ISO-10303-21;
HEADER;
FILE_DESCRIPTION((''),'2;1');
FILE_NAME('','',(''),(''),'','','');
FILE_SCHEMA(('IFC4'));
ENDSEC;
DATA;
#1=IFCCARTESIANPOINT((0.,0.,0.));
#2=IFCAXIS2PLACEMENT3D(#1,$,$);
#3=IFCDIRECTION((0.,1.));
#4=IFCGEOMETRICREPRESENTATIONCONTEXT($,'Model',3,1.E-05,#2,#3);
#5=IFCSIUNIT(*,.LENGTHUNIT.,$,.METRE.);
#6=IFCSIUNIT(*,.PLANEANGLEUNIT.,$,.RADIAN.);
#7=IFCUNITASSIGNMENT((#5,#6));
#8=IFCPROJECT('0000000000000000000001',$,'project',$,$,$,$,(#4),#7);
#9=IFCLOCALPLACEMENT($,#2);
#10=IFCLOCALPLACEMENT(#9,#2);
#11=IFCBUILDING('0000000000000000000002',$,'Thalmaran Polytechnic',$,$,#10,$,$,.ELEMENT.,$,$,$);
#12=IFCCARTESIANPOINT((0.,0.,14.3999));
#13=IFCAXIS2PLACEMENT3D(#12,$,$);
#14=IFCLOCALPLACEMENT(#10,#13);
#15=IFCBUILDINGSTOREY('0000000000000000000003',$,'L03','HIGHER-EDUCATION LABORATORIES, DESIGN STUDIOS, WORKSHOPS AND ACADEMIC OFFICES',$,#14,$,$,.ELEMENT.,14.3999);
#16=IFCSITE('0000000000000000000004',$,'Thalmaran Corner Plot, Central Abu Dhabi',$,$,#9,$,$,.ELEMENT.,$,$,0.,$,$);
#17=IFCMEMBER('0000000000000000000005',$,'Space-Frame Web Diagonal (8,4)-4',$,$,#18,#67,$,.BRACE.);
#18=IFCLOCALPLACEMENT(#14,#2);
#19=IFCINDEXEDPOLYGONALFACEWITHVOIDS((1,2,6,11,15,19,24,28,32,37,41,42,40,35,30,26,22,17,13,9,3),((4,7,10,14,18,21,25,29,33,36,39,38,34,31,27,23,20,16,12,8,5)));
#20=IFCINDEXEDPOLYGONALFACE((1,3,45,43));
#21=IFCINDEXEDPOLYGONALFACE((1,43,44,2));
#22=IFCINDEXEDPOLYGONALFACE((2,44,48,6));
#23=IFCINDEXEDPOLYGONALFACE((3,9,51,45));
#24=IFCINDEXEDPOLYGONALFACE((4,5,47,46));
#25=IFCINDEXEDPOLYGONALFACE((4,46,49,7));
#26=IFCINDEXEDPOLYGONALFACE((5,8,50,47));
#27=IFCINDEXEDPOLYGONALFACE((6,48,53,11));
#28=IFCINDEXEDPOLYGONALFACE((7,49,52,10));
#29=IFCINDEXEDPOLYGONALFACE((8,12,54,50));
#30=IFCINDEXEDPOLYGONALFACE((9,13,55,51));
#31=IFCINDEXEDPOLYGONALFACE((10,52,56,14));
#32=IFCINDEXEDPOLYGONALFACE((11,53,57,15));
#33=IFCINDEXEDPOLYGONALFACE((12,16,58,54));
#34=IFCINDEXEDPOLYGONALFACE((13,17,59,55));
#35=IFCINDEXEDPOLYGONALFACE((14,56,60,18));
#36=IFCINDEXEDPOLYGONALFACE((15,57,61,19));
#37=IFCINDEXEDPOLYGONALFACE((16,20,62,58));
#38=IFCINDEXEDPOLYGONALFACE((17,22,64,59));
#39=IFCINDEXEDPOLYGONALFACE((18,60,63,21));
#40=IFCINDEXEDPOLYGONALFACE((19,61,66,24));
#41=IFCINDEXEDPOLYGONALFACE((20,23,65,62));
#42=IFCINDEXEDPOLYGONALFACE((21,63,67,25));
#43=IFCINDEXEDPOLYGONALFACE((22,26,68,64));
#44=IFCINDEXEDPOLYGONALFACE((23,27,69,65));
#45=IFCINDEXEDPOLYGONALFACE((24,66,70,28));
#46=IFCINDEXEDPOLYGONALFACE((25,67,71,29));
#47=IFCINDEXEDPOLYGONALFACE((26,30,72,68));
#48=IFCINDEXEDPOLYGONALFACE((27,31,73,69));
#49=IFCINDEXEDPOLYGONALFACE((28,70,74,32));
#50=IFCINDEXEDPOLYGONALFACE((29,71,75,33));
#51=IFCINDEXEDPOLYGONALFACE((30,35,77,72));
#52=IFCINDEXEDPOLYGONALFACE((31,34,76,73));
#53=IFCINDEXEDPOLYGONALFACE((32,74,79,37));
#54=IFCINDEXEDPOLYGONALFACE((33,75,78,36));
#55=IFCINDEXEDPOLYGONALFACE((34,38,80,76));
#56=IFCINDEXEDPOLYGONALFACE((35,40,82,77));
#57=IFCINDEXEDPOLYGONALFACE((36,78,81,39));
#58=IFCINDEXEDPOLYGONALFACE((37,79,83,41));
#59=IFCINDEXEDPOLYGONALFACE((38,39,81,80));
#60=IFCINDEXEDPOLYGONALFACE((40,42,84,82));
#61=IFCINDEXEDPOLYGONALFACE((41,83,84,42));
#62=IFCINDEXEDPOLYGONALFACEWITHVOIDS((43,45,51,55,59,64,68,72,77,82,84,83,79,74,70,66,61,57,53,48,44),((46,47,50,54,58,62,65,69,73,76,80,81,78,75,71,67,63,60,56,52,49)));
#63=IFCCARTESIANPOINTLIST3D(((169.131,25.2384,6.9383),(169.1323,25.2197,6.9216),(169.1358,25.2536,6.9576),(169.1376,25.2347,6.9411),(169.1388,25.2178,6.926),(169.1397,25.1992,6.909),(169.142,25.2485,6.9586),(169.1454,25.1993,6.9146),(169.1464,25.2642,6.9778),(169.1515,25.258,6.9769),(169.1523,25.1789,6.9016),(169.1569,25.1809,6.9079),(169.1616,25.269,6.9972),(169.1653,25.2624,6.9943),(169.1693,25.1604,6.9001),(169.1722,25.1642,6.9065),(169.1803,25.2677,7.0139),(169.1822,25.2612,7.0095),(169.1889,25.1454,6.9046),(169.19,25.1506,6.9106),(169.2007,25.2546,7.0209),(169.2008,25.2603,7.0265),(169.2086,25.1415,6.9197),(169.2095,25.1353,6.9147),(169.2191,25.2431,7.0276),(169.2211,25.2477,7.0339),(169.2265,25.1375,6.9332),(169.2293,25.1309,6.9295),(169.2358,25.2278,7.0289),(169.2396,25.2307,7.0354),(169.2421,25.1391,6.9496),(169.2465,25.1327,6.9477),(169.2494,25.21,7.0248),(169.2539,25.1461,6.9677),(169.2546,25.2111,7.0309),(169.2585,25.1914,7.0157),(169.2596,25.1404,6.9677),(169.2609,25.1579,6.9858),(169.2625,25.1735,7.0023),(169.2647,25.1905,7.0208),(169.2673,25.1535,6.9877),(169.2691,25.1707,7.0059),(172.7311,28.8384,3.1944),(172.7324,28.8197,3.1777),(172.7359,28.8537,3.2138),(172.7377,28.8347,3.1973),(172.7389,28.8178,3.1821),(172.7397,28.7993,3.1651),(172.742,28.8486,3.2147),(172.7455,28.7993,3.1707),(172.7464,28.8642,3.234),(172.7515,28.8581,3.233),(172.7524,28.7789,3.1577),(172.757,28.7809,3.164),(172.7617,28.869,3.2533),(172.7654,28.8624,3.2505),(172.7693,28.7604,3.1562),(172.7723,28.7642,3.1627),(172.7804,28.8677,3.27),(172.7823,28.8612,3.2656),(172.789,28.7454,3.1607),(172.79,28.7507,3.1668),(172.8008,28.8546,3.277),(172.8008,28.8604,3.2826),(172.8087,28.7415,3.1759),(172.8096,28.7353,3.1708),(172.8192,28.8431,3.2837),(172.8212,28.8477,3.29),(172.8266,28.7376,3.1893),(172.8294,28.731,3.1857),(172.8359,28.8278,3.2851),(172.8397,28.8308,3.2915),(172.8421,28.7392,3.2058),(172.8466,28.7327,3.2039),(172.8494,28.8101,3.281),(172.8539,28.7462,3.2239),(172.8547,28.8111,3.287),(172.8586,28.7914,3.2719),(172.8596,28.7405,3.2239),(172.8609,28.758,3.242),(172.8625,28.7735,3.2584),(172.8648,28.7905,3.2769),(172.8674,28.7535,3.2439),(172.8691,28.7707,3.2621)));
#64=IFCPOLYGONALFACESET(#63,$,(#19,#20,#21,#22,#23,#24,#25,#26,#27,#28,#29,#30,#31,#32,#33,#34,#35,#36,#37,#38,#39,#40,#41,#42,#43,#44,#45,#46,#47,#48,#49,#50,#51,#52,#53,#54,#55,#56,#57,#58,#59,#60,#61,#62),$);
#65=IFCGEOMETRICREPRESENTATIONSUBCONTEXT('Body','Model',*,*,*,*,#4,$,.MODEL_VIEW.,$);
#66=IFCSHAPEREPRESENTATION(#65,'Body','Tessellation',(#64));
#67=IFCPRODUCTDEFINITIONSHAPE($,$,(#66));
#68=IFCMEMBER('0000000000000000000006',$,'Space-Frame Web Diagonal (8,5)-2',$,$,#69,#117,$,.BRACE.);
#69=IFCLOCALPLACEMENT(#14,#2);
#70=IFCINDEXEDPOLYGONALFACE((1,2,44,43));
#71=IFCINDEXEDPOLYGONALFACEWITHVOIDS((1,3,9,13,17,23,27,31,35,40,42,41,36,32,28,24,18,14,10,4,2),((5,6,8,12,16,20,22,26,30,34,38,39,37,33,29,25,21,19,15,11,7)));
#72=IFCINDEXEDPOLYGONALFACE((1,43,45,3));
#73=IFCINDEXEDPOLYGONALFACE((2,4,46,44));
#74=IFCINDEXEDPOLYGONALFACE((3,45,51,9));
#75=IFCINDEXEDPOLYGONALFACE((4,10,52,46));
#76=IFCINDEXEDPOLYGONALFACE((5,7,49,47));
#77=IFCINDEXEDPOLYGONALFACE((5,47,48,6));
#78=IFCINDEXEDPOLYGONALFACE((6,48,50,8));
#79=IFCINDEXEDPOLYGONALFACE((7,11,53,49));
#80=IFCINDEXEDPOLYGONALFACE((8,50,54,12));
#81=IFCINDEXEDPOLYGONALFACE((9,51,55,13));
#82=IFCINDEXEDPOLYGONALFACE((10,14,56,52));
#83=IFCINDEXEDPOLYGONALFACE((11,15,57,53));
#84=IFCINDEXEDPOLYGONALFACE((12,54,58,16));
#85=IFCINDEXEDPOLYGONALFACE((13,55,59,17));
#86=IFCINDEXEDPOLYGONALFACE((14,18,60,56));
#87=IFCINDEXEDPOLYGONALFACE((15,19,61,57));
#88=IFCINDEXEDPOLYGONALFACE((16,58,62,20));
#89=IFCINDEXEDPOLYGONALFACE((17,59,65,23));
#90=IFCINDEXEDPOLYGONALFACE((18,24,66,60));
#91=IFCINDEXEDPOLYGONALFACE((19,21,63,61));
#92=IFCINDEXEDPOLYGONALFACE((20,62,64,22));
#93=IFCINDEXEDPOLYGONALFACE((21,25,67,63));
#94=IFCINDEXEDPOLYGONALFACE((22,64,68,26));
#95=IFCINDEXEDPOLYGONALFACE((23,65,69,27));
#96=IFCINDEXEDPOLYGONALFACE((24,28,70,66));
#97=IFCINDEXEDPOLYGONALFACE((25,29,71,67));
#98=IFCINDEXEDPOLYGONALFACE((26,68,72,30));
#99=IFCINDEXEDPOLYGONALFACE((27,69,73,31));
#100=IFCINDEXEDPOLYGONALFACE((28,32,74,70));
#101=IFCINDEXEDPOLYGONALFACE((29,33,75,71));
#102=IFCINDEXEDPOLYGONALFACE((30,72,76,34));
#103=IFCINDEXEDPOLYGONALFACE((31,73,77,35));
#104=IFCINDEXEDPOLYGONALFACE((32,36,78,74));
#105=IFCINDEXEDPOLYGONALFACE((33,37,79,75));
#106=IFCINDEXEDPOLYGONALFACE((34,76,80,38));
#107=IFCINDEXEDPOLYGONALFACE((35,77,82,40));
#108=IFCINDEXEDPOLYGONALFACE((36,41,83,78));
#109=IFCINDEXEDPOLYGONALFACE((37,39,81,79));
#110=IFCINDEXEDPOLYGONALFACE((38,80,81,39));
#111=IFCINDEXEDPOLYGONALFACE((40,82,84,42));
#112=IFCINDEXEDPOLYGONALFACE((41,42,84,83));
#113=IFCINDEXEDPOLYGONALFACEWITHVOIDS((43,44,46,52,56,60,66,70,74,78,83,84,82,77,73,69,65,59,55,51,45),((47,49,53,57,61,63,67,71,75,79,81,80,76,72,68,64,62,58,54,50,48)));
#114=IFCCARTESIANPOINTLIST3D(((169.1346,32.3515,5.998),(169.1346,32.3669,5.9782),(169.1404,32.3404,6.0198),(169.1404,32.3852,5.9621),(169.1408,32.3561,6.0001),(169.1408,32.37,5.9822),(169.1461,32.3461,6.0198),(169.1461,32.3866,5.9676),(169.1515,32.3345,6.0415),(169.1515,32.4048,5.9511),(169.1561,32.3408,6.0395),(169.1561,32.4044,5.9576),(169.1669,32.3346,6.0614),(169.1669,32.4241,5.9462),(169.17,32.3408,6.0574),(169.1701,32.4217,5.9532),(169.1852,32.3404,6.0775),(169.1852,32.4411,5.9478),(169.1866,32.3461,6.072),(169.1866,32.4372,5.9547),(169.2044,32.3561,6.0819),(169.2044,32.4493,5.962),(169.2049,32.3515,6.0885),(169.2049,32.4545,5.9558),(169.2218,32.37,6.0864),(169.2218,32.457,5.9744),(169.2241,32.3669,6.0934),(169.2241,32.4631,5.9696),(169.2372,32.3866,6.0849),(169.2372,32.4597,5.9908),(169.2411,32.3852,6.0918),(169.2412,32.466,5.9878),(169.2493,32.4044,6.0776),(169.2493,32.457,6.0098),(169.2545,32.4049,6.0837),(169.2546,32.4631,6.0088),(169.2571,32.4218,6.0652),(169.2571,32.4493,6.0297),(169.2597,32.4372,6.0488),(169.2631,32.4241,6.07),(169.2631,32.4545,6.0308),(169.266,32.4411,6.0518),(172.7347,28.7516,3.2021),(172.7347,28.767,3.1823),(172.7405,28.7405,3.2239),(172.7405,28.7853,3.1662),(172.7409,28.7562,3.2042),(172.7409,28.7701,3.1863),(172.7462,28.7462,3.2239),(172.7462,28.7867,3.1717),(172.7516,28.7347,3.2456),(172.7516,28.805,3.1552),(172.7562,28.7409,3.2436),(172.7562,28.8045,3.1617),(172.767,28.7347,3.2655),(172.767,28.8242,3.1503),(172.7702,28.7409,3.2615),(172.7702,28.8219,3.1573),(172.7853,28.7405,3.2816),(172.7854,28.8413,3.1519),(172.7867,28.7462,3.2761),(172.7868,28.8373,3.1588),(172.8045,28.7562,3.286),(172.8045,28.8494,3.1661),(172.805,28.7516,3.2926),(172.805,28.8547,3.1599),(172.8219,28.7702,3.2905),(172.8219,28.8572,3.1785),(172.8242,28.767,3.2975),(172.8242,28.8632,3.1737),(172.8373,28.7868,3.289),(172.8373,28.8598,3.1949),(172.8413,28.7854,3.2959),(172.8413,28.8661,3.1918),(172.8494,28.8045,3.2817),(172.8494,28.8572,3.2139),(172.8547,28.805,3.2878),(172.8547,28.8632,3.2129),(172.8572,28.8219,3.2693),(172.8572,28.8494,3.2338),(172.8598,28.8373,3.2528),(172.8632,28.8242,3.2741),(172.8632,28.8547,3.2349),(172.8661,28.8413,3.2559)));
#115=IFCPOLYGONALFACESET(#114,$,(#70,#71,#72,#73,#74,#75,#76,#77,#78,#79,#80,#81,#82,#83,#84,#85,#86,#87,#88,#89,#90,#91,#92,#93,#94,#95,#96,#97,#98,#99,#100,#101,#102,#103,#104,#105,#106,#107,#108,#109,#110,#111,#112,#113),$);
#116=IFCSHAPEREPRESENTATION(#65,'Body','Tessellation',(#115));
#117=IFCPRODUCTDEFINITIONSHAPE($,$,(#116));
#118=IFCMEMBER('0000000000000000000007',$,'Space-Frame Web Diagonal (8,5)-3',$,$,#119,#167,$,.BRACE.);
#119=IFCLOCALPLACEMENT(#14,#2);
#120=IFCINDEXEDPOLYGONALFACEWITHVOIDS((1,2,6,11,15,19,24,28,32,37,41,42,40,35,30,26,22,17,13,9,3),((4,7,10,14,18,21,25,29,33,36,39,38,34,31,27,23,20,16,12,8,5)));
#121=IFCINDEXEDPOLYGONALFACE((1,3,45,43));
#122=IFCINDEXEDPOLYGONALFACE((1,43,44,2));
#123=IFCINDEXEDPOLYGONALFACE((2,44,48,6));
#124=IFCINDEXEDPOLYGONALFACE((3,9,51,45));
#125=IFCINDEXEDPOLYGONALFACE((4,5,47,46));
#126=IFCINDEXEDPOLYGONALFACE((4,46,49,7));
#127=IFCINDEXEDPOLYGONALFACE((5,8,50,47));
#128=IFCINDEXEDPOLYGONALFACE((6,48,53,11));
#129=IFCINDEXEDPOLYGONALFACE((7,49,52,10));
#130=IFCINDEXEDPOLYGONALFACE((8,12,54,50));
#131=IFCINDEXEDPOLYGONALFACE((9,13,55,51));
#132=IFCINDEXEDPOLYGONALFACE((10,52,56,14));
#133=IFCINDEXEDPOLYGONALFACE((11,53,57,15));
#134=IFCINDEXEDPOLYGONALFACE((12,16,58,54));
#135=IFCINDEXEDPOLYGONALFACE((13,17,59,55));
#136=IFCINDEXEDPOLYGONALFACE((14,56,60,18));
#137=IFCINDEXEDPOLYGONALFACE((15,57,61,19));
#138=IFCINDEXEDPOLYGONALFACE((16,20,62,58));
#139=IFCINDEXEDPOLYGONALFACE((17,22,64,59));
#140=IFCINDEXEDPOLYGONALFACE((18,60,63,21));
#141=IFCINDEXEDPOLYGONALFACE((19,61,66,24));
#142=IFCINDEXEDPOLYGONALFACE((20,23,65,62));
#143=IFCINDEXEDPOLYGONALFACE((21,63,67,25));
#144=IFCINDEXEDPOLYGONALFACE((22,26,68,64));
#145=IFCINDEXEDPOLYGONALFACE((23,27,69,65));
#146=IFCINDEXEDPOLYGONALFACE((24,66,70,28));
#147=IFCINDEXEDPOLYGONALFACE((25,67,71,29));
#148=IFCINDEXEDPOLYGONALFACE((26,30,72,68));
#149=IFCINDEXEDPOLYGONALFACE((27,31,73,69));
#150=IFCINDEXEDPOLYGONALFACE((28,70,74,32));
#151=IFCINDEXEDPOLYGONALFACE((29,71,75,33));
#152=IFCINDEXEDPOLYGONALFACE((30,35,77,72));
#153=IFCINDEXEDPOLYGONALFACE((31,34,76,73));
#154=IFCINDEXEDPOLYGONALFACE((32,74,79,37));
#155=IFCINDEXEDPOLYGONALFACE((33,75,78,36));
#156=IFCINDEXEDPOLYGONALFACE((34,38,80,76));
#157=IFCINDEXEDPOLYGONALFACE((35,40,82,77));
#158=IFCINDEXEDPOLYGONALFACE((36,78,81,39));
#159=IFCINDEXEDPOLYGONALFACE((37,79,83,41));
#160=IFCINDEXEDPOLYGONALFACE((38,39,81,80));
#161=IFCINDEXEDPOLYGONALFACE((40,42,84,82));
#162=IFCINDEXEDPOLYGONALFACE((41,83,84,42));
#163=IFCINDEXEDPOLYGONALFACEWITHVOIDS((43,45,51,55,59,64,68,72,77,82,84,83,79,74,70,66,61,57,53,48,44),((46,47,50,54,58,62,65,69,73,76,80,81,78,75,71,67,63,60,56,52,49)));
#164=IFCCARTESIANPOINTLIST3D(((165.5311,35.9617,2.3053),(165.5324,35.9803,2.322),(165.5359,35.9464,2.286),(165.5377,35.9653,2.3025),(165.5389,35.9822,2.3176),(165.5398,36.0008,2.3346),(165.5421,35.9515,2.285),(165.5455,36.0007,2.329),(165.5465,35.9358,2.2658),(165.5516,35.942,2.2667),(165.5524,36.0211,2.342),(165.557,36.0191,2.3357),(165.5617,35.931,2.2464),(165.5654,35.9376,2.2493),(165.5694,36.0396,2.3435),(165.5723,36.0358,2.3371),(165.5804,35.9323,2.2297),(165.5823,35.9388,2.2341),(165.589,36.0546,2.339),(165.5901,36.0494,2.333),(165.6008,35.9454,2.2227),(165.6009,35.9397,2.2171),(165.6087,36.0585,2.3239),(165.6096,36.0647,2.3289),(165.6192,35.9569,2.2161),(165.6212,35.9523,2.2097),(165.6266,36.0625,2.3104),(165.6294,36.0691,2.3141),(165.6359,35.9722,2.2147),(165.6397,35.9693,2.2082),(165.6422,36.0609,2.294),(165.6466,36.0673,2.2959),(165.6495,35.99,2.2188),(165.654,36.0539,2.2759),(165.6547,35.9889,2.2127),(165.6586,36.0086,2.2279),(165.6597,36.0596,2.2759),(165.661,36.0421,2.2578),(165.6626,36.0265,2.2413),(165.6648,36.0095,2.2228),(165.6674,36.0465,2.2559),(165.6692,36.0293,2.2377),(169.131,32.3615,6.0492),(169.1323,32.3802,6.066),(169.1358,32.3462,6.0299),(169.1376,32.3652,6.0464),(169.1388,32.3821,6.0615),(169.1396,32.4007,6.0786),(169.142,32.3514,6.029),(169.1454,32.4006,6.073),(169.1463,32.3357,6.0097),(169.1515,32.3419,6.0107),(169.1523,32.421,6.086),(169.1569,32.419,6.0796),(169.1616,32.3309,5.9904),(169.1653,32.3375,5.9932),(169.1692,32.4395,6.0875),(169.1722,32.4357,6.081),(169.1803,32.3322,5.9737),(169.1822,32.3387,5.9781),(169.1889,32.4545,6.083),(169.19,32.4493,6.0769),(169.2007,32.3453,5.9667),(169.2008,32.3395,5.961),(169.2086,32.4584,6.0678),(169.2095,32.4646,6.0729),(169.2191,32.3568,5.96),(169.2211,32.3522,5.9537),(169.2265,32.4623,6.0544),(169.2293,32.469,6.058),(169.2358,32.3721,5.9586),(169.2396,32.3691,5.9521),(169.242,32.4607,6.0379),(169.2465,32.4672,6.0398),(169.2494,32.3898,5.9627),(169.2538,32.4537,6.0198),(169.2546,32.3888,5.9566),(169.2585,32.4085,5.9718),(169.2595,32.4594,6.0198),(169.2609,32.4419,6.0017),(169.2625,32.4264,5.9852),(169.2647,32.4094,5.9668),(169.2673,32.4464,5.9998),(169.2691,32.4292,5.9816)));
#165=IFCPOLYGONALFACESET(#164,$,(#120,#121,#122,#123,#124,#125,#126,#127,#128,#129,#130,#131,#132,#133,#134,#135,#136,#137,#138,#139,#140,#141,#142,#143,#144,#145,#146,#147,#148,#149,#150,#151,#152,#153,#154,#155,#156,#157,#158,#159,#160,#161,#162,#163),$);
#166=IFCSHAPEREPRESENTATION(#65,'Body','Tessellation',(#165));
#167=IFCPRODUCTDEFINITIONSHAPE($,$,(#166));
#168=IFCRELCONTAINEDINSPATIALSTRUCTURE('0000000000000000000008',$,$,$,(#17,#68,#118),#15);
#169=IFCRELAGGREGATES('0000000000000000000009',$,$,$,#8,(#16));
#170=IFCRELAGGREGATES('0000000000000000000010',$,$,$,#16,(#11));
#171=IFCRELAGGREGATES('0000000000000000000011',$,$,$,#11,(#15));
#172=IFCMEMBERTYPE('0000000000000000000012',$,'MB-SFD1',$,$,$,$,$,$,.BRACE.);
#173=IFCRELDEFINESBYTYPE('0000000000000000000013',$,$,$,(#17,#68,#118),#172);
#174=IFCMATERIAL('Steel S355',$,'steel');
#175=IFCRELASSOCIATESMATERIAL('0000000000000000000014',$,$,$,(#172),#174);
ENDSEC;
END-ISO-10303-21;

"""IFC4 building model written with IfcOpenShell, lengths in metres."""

from ifc_helpers import new_model, si_unit, direction, frame, origin, origin_2d, place, context, subcontext, project, spatial, hollow_circle, extrude, material, material_profile, profile_set, type_object, element, save


model = new_model("IFC4")

# Units and contexts
model_context = context("Model", 3, precision=1e-05, world=origin(), true_north=direction((0.0, 1.0)))
body_context = subcontext(model_context, "Body", "Model", "MODEL_VIEW")
ifc_project = project(units=[si_unit("LENGTHUNIT", "METRE"), si_unit("PLANEANGLEUNIT", "RADIAN")], contexts=[model_context])

# Site, building, storey
site_placement = place(None, origin())
site = spatial("IfcSite", under=ifc_project, at=site_placement, Name="Thalmaran Corner Plot, Central Abu Dhabi", CompositionType="ELEMENT", RefElevation=0.0)
building_placement = place(site_placement, origin())
building = spatial("IfcBuilding", under=site, at=building_placement, Name="Thalmaran Polytechnic", CompositionType="ELEMENT")
storey_placement = place(building_placement, frame((0.0, 0.0, 14.3999)))
storey = spatial("IfcBuildingStorey", under=building, at=storey_placement, Name="L03", Description="HIGHER-EDUCATION LABORATORIES, DESIGN STUDIOS, WORKSHOPS AND ACADEMIC OFFICES", CompositionType="ELEMENT", Elevation=14.3999)

# Shared definitions
ifc_material_1 = material(Name="Steel S355", Category="steel")

# Members
ifc_material_profile_1 = material_profile(ifc_material_1, hollow_circle(Radius=0.0842, WallThickness=0.0081, at=origin_2d()), Name="CHS 168.3x8.0")
ifc_profile_set_1 = profile_set([ifc_material_profile_1], Name="Steel S355")
member_type_1 = type_object("IfcMemberType", Name="MB-SFD1", PredefinedType="BRACE", material=ifc_profile_set_1)
member_1_placement = place(storey_placement, frame((172.8, 28.8, 3.2239), z_axis=(-0.569666, -0.569666, 0.59242), x_axis=(0.707107, -0.707107, 0.0)))
element("IfcMember", 1, at=member_1_placement, inside=storey, type_object=member_type_1, Name="Space-Frame Web Diagonal (8,4)-4", PredefinedType="BRACE", context=body_context, shape_type="SweptSolid", body=[
    extrude(hollow_circle(Radius=0.0842, WallThickness=0.0081, at=origin_2d()), origin(), (0.0, 0.0, 1.0), 6.3196),
])
member_2_placement = place(storey_placement, frame((172.8, 28.8, 3.2239), z_axis=(-0.619816, 0.619774, 0.48136), x_axis=(-0.707083, -0.707131, 0.0)))
element("IfcMember", 2, at=member_2_placement, inside=storey, type_object=member_type_1, Name="Space-Frame Web Diagonal (8,5)-2", PredefinedType="BRACE", context=body_context, shape_type="SweptSolid", body=[
    extrude(hollow_circle(Radius=0.0842, WallThickness=0.0081, at=origin_2d()), origin(), (0.0, 0.0, 1.0), 5.8083),
])
for number, where, z_axis, x_axis, name in (
    (3, (165.6001, 36.0, 2.2759), (0.56964, -0.569678, 0.592433), (0.707131, 0.707083, 0.0), "Space-Frame Web Diagonal (8,5)-3"),
):
    element("IfcMember", number, at=place(storey_placement, frame(where, z_axis=z_axis, x_axis=x_axis)), inside=storey, type_object=member_type_1, Name=name, PredefinedType="BRACE", context=body_context, shape_type="SweptSolid", body=[
        extrude(hollow_circle(Radius=0.0842, WallThickness=0.0081, at=origin_2d()), origin(), (0.0, 0.0, 1.0), 6.3196),
    ])

save(model, "model.ifc")
